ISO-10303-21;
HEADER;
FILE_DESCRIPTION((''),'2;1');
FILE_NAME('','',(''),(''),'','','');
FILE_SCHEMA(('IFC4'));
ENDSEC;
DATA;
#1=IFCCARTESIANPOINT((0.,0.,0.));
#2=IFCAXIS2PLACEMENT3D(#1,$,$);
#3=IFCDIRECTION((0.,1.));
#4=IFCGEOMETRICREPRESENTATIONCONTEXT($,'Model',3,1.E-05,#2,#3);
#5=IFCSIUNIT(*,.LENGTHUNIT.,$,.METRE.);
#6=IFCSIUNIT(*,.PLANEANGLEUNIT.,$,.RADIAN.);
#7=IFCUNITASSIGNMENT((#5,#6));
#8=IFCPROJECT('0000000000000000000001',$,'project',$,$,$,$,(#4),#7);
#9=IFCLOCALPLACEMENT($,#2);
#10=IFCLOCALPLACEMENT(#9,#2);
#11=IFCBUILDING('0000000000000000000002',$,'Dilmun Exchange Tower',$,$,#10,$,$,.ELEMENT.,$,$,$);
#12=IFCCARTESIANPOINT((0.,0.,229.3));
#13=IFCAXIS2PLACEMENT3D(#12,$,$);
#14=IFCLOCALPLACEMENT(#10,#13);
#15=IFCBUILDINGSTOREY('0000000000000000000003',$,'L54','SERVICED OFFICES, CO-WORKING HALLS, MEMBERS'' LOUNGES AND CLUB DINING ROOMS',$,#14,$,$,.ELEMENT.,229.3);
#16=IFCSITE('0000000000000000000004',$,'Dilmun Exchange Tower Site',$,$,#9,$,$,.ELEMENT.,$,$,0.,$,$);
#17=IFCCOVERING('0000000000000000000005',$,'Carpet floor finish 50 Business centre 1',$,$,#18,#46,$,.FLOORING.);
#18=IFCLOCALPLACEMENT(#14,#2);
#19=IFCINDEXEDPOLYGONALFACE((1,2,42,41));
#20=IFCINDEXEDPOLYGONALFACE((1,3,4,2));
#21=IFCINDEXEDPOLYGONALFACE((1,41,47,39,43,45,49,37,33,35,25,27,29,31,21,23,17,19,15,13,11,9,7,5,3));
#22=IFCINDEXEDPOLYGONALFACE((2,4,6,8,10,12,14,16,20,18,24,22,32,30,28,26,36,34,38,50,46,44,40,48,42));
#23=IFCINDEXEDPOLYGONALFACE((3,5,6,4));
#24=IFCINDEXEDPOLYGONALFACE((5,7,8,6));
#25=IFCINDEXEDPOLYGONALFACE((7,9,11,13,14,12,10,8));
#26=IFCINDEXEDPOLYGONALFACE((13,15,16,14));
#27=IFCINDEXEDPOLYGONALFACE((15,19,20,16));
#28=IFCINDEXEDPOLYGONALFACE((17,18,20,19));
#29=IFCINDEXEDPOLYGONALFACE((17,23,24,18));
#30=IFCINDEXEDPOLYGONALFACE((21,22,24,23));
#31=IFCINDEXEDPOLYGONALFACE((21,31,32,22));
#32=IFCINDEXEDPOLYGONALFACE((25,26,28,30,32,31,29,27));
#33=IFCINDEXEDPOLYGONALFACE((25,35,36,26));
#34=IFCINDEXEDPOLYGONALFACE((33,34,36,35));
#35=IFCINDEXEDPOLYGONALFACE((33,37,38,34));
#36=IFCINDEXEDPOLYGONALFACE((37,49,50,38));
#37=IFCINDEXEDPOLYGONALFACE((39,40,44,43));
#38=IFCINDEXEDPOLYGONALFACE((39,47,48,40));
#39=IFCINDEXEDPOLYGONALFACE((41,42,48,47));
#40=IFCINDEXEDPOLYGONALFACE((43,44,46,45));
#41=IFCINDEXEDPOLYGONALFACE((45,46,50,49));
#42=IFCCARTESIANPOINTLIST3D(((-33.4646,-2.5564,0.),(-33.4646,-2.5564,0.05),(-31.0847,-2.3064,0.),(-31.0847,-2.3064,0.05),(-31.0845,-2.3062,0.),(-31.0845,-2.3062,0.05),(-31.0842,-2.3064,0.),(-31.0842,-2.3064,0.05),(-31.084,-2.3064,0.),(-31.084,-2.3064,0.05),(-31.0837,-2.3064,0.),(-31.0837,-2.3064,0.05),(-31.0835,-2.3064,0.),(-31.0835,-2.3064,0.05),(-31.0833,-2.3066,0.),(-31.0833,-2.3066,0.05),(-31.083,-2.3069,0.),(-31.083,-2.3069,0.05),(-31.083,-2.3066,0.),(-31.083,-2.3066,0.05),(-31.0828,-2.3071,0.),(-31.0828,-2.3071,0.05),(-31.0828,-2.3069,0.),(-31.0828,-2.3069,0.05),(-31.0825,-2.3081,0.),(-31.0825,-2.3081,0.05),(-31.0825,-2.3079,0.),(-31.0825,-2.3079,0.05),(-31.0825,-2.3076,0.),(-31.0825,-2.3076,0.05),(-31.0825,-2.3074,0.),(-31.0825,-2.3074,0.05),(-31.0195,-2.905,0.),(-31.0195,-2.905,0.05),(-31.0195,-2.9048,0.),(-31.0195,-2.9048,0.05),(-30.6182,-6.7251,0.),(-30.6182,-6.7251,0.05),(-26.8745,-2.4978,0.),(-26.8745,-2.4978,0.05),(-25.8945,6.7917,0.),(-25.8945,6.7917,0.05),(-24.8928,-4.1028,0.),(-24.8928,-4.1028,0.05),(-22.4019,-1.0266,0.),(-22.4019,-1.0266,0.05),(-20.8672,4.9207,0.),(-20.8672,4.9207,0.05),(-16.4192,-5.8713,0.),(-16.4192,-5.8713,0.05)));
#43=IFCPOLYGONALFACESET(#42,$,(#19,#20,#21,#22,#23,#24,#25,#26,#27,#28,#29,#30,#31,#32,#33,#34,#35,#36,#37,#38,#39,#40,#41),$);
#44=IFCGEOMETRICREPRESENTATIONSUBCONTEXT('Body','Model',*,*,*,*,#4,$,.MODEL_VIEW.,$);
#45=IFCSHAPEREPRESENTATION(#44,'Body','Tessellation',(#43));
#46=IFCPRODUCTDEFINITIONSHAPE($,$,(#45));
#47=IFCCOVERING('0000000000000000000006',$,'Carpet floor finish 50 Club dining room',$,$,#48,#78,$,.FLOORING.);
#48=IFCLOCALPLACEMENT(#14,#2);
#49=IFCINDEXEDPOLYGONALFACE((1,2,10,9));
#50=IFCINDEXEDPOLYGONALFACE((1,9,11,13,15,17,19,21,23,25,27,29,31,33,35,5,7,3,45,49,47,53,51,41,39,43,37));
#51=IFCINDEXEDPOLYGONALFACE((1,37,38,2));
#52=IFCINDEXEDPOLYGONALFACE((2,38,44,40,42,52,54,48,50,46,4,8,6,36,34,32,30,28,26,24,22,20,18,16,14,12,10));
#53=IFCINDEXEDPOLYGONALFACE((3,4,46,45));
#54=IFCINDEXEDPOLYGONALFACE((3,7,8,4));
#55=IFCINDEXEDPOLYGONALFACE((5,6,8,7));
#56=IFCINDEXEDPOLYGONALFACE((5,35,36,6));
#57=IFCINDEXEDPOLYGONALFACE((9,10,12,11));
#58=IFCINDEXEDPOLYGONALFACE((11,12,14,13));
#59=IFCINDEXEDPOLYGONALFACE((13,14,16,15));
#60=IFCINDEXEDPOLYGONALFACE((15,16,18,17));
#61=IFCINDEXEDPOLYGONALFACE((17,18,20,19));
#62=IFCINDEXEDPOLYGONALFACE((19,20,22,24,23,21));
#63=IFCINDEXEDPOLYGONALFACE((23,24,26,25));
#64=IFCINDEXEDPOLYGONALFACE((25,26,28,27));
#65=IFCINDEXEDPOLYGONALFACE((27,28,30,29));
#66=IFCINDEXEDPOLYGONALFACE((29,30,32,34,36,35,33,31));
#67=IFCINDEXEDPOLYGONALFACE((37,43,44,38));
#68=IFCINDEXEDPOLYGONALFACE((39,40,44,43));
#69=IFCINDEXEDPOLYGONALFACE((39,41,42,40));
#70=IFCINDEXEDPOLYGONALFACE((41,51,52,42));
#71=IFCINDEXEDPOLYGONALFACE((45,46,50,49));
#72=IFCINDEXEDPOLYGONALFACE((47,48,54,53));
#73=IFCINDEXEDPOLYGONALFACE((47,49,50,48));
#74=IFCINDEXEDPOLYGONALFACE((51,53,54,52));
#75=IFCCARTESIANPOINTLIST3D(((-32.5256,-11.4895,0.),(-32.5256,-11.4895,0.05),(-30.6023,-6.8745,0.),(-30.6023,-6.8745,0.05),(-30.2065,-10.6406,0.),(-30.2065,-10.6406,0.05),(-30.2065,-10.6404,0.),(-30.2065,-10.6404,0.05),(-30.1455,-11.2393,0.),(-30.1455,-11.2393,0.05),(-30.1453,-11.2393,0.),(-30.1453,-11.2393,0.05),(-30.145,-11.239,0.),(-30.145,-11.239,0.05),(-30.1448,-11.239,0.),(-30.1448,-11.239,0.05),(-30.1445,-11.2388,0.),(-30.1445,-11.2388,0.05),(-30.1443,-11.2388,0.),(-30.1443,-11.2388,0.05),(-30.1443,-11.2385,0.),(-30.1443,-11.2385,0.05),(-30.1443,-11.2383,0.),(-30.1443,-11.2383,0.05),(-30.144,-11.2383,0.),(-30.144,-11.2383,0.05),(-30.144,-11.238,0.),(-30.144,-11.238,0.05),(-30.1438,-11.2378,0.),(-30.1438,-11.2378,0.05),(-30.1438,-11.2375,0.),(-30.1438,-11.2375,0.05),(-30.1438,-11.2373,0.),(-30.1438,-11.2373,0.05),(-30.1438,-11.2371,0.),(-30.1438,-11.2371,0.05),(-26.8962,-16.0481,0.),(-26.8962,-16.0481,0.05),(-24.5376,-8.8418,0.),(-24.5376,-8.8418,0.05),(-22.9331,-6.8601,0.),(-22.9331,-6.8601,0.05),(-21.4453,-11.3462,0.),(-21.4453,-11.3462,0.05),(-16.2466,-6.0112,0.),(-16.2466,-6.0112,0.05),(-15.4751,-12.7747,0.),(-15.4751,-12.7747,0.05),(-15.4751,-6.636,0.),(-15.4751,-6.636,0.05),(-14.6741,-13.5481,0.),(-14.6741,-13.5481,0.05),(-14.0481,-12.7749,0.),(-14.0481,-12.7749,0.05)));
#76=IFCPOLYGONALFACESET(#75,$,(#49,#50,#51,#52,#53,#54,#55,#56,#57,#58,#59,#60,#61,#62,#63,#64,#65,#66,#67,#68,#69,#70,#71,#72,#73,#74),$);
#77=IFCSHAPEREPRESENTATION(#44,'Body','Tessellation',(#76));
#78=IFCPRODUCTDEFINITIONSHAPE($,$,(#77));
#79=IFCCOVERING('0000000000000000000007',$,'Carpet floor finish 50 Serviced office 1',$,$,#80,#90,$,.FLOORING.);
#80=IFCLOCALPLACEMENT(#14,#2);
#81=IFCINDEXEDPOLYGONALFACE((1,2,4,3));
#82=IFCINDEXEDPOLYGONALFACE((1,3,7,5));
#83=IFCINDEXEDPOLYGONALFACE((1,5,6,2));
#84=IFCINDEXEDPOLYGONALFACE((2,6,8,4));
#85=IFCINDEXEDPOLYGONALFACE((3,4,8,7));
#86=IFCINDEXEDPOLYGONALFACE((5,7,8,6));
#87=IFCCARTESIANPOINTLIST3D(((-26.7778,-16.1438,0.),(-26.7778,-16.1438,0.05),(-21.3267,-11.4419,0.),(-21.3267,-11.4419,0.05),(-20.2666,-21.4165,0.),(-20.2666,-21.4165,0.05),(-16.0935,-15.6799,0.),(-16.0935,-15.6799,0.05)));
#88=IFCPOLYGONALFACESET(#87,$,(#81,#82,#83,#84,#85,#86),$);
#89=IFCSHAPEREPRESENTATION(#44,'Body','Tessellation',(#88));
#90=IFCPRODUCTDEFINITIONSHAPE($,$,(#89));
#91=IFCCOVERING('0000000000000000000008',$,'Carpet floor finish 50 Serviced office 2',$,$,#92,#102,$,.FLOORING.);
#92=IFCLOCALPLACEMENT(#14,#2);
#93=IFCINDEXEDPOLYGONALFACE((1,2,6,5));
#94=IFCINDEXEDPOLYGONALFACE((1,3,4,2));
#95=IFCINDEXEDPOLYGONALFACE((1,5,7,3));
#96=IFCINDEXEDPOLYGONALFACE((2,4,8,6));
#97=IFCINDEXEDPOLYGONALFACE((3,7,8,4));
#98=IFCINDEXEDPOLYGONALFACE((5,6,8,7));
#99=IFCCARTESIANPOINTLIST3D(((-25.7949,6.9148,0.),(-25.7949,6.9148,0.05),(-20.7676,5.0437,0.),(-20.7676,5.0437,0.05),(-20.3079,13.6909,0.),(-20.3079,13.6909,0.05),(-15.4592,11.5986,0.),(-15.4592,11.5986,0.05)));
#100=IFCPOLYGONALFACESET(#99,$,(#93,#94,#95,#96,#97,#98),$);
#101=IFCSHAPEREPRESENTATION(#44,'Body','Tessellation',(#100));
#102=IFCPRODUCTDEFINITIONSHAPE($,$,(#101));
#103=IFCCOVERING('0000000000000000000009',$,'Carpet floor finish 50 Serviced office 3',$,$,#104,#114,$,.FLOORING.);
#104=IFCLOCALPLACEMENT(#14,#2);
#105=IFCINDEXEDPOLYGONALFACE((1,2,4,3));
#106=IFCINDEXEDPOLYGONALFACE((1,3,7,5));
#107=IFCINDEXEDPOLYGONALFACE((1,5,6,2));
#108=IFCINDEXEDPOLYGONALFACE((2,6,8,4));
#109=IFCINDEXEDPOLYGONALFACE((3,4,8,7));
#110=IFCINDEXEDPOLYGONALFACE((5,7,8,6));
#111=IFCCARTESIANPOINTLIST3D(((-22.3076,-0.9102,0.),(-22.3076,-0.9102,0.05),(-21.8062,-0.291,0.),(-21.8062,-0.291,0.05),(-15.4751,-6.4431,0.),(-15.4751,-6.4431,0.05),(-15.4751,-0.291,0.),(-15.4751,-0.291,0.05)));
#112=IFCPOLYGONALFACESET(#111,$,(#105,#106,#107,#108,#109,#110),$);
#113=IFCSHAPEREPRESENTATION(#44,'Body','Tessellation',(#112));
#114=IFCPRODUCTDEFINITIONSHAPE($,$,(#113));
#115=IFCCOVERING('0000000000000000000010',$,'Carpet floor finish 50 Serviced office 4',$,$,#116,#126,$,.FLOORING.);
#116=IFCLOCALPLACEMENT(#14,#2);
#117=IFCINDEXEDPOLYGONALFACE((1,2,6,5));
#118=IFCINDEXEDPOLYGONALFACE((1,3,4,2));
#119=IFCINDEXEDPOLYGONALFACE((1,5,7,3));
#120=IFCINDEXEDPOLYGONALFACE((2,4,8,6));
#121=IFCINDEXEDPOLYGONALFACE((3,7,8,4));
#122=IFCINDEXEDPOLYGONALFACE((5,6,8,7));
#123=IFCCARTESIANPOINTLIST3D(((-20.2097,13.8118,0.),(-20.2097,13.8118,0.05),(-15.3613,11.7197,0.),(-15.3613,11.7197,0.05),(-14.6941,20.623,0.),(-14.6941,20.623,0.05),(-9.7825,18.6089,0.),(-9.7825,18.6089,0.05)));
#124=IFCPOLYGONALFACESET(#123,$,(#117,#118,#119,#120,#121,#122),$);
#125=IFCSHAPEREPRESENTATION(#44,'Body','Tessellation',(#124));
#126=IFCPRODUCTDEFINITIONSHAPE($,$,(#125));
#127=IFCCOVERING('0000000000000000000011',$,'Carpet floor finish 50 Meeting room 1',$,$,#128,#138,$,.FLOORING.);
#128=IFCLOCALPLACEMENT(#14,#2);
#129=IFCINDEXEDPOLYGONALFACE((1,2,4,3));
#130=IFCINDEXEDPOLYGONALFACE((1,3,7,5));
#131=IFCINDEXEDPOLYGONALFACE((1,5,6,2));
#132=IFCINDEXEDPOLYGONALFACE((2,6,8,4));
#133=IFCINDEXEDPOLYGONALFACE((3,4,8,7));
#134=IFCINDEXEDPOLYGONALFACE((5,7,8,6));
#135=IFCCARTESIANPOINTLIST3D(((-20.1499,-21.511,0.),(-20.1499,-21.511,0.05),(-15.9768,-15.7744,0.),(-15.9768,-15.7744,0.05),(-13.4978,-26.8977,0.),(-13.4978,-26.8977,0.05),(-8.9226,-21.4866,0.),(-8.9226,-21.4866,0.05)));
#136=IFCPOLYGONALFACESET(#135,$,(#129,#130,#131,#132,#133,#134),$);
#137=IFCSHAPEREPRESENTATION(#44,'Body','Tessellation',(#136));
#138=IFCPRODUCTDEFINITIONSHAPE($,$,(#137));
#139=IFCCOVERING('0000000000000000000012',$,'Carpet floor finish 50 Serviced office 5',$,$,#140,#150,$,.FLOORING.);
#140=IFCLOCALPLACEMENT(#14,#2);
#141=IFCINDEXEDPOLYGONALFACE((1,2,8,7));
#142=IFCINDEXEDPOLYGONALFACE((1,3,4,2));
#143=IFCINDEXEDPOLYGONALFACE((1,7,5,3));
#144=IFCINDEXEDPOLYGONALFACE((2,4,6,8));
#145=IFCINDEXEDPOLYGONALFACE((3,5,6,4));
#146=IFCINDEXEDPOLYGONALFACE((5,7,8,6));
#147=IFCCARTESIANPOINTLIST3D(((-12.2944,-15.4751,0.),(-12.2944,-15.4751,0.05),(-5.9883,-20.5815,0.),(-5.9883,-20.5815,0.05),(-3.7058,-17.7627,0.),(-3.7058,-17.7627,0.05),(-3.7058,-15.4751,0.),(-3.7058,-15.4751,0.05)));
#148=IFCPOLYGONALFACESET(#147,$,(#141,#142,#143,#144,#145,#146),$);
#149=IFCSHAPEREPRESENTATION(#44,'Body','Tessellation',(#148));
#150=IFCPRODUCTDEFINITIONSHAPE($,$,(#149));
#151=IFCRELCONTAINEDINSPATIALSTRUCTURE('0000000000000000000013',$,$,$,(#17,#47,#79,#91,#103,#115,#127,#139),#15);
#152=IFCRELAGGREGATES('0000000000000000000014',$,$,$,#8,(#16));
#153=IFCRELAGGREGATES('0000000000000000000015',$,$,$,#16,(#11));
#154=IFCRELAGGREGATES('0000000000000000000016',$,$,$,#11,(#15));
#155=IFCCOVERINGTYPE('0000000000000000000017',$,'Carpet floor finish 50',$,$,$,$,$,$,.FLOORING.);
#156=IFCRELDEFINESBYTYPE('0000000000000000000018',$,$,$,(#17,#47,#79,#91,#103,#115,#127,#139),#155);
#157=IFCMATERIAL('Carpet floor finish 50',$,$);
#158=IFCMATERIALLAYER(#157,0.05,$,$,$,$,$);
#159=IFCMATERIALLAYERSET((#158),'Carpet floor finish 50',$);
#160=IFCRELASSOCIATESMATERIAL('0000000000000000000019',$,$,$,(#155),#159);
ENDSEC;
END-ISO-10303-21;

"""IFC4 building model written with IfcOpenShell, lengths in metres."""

from ifc_helpers import new_model, si_unit, direction, frame, origin, place, context, subcontext, project, spatial, polyline, outline, extrude, material, layer, layer_set, type_object, element, save


model = new_model("IFC4")

# Units and contexts
model_context = context("Model", 3, precision=1e-05, world=origin(), true_north=direction((0.0, 1.0)))
body_context = subcontext(model_context, "Body", "Model", "MODEL_VIEW")
ifc_project = project(units=[si_unit("LENGTHUNIT", "METRE"), si_unit("PLANEANGLEUNIT", "RADIAN")], contexts=[model_context])

# Site, building, storey
site_placement = place(None, origin())
site = spatial("IfcSite", under=ifc_project, at=site_placement, Name="Dilmun Exchange Tower Site", CompositionType="ELEMENT", RefElevation=0.0)
building_placement = place(site_placement, origin())
building = spatial("IfcBuilding", under=site, at=building_placement, Name="Dilmun Exchange Tower", CompositionType="ELEMENT")
storey_placement = place(building_placement, frame((0.0, 0.0, 229.3)))
storey = spatial("IfcBuildingStorey", under=building, at=storey_placement, Name="L54", Description="SERVICED OFFICES, CO-WORKING HALLS, MEMBERS' LOUNGES AND CLUB DINING ROOMS", CompositionType="ELEMENT", Elevation=229.3)

# Coverings
ifc_material_1 = material(Name="Carpet floor finish 50")
ifc_layer_1 = layer(ifc_material_1, 0.05)
ifc_layer_set_1 = layer_set([ifc_layer_1], Name="Carpet floor finish 50")
covering_type_1 = type_object("IfcCoveringType", Name="Carpet floor finish 50", PredefinedType="FLOORING", material=ifc_layer_set_1)
covering_1_placement = place(storey_placement, origin())
element("IfcCovering", 1, at=covering_1_placement, inside=storey, type_object=covering_type_1, Name="Carpet floor finish 50 Business centre 1", PredefinedType="FLOORING", context=body_context, shape_type="SweptSolid", body=[
    extrude(outline(polyline([(-22.4019, -1.0266), (-16.4192, -5.8713), (-30.6182, -6.7251), (-31.0195, -2.905), (-31.0195, -2.9048), (-31.0195, -2.9048), (-31.0825, -2.3081), (-31.0825, -2.3079), (-31.0825, -2.3076), (-31.0825, -2.3076), (-31.0825, -2.3074), (-31.0828, -2.3071), (-31.0828, -2.3069), (-31.083, -2.3069), (-31.083, -2.3066), (-31.0833, -2.3066), (-31.0835, -2.3064), (-31.0835, -2.3064), (-31.0837, -2.3064), (-31.084, -2.3064), (-31.0842, -2.3064), (-31.0845, -2.3062), (-31.0847, -2.3064), (-33.4646, -2.5564), (-25.8945, 6.7917), (-20.8672, 4.9207), (-26.8745, -2.4978), (-24.8928, -4.1028), (-22.4019, -1.0266)])), origin(), (0.0, 0.0, 1.0), 0.05),
])
covering_2_placement = place(storey_placement, origin())
element("IfcCovering", 2, at=covering_2_placement, inside=storey, type_object=covering_type_1, Name="Carpet floor finish 50 Club dining room", PredefinedType="FLOORING", context=body_context, shape_type="SweptSolid", body=[
    extrude(outline(polyline([(-16.2466, -6.0112), (-15.4751, -6.636), (-15.4751, -12.7747), (-14.0481, -12.7749), (-14.6741, -13.5481), (-22.9331, -6.8601), (-24.5376, -8.8418), (-21.4453, -11.3462), (-26.8962, -16.0481), (-32.5256, -11.4895), (-30.1455, -11.2393), (-30.1455, -11.2393), (-30.1453, -11.2393), (-30.145, -11.239), (-30.145, -11.239), (-30.1448, -11.239), (-30.1445, -11.2388), (-30.1443, -11.2388), (-30.1443, -11.2385), (-30.1443, -11.2383), (-30.144, -11.2383), (-30.144, -11.238), (-30.1438, -11.2378), (-30.1438, -11.2375), (-30.1438, -11.2373), (-30.1438, -11.2373), (-30.1438, -11.2371), (-30.2065, -10.6406), (-30.2065, -10.6404), (-30.2065, -10.6404), (-30.6023, -6.8745), (-16.2466, -6.0112)])), origin(), (0.0, 0.0, 1.0), 0.05),
])
covering_3_placement = place(storey_placement, origin())
element("IfcCovering", 3, at=covering_3_placement, inside=storey, type_object=covering_type_1, Name="Carpet floor finish 50 Serviced office 1", PredefinedType="FLOORING", context=body_context, shape_type="SweptSolid", body=[
    extrude(outline(polyline([(-20.2666, -21.4165), (-26.7778, -16.1438), (-21.3267, -11.4419), (-16.0935, -15.6799), (-20.2666, -21.4165)])), origin(), (0.0, 0.0, 1.0), 0.05),
])
covering_4_placement = place(storey_placement, origin())
element("IfcCovering", 4, at=covering_4_placement, inside=storey, type_object=covering_type_1, Name="Carpet floor finish 50 Serviced office 2", PredefinedType="FLOORING", context=body_context, shape_type="SweptSolid", body=[
    extrude(outline(polyline([(-20.7676, 5.0437), (-25.7949, 6.9148), (-20.3079, 13.6909), (-15.4592, 11.5986), (-20.7676, 5.0437)])), origin(), (0.0, 0.0, 1.0), 0.05),
])
covering_5_placement = place(storey_placement, origin())
element("IfcCovering", 5, at=covering_5_placement, inside=storey, type_object=covering_type_1, Name="Carpet floor finish 50 Serviced office 3", PredefinedType="FLOORING", context=body_context, shape_type="SweptSolid", body=[
    extrude(outline(polyline([(-15.4751, -6.4431), (-22.3076, -0.9102), (-21.8062, -0.291), (-15.4751, -0.291), (-15.4751, -6.4431)])), origin(), (0.0, 0.0, 1.0), 0.05),
])
covering_6_placement = place(storey_placement, origin())
element("IfcCovering", 6, at=covering_6_placement, inside=storey, type_object=covering_type_1, Name="Carpet floor finish 50 Serviced office 4", PredefinedType="FLOORING", context=body_context, shape_type="SweptSolid", body=[
    extrude(outline(polyline([(-15.3613, 11.7197), (-20.2097, 13.8118), (-14.6941, 20.623), (-9.7825, 18.6089), (-15.3613, 11.7197)])), origin(), (0.0, 0.0, 1.0), 0.05),
])
covering_7_placement = place(storey_placement, origin())
element("IfcCovering", 7, at=covering_7_placement, inside=storey, type_object=covering_type_1, Name="Carpet floor finish 50 Meeting room 1", PredefinedType="FLOORING", context=body_context, shape_type="SweptSolid", body=[
    extrude(outline(polyline([(-15.9768, -15.7744), (-8.9226, -21.4866), (-13.4978, -26.8977), (-20.1499, -21.511), (-15.9768, -15.7744)])), origin(), (0.0, 0.0, 1.0), 0.05),
])
covering_8_placement = place(storey_placement, origin())
element("IfcCovering", 8, at=covering_8_placement, inside=storey, type_object=covering_type_1, Name="Carpet floor finish 50 Serviced office 5", PredefinedType="FLOORING", context=body_context, shape_type="SweptSolid", body=[
    extrude(outline(polyline([(-3.7058, -17.7627), (-5.9883, -20.5815), (-12.2944, -15.4751), (-3.7058, -15.4751), (-3.7058, -17.7627)])), origin(), (0.0, 0.0, 1.0), 0.05),
])

save(model, "model.ifc")
